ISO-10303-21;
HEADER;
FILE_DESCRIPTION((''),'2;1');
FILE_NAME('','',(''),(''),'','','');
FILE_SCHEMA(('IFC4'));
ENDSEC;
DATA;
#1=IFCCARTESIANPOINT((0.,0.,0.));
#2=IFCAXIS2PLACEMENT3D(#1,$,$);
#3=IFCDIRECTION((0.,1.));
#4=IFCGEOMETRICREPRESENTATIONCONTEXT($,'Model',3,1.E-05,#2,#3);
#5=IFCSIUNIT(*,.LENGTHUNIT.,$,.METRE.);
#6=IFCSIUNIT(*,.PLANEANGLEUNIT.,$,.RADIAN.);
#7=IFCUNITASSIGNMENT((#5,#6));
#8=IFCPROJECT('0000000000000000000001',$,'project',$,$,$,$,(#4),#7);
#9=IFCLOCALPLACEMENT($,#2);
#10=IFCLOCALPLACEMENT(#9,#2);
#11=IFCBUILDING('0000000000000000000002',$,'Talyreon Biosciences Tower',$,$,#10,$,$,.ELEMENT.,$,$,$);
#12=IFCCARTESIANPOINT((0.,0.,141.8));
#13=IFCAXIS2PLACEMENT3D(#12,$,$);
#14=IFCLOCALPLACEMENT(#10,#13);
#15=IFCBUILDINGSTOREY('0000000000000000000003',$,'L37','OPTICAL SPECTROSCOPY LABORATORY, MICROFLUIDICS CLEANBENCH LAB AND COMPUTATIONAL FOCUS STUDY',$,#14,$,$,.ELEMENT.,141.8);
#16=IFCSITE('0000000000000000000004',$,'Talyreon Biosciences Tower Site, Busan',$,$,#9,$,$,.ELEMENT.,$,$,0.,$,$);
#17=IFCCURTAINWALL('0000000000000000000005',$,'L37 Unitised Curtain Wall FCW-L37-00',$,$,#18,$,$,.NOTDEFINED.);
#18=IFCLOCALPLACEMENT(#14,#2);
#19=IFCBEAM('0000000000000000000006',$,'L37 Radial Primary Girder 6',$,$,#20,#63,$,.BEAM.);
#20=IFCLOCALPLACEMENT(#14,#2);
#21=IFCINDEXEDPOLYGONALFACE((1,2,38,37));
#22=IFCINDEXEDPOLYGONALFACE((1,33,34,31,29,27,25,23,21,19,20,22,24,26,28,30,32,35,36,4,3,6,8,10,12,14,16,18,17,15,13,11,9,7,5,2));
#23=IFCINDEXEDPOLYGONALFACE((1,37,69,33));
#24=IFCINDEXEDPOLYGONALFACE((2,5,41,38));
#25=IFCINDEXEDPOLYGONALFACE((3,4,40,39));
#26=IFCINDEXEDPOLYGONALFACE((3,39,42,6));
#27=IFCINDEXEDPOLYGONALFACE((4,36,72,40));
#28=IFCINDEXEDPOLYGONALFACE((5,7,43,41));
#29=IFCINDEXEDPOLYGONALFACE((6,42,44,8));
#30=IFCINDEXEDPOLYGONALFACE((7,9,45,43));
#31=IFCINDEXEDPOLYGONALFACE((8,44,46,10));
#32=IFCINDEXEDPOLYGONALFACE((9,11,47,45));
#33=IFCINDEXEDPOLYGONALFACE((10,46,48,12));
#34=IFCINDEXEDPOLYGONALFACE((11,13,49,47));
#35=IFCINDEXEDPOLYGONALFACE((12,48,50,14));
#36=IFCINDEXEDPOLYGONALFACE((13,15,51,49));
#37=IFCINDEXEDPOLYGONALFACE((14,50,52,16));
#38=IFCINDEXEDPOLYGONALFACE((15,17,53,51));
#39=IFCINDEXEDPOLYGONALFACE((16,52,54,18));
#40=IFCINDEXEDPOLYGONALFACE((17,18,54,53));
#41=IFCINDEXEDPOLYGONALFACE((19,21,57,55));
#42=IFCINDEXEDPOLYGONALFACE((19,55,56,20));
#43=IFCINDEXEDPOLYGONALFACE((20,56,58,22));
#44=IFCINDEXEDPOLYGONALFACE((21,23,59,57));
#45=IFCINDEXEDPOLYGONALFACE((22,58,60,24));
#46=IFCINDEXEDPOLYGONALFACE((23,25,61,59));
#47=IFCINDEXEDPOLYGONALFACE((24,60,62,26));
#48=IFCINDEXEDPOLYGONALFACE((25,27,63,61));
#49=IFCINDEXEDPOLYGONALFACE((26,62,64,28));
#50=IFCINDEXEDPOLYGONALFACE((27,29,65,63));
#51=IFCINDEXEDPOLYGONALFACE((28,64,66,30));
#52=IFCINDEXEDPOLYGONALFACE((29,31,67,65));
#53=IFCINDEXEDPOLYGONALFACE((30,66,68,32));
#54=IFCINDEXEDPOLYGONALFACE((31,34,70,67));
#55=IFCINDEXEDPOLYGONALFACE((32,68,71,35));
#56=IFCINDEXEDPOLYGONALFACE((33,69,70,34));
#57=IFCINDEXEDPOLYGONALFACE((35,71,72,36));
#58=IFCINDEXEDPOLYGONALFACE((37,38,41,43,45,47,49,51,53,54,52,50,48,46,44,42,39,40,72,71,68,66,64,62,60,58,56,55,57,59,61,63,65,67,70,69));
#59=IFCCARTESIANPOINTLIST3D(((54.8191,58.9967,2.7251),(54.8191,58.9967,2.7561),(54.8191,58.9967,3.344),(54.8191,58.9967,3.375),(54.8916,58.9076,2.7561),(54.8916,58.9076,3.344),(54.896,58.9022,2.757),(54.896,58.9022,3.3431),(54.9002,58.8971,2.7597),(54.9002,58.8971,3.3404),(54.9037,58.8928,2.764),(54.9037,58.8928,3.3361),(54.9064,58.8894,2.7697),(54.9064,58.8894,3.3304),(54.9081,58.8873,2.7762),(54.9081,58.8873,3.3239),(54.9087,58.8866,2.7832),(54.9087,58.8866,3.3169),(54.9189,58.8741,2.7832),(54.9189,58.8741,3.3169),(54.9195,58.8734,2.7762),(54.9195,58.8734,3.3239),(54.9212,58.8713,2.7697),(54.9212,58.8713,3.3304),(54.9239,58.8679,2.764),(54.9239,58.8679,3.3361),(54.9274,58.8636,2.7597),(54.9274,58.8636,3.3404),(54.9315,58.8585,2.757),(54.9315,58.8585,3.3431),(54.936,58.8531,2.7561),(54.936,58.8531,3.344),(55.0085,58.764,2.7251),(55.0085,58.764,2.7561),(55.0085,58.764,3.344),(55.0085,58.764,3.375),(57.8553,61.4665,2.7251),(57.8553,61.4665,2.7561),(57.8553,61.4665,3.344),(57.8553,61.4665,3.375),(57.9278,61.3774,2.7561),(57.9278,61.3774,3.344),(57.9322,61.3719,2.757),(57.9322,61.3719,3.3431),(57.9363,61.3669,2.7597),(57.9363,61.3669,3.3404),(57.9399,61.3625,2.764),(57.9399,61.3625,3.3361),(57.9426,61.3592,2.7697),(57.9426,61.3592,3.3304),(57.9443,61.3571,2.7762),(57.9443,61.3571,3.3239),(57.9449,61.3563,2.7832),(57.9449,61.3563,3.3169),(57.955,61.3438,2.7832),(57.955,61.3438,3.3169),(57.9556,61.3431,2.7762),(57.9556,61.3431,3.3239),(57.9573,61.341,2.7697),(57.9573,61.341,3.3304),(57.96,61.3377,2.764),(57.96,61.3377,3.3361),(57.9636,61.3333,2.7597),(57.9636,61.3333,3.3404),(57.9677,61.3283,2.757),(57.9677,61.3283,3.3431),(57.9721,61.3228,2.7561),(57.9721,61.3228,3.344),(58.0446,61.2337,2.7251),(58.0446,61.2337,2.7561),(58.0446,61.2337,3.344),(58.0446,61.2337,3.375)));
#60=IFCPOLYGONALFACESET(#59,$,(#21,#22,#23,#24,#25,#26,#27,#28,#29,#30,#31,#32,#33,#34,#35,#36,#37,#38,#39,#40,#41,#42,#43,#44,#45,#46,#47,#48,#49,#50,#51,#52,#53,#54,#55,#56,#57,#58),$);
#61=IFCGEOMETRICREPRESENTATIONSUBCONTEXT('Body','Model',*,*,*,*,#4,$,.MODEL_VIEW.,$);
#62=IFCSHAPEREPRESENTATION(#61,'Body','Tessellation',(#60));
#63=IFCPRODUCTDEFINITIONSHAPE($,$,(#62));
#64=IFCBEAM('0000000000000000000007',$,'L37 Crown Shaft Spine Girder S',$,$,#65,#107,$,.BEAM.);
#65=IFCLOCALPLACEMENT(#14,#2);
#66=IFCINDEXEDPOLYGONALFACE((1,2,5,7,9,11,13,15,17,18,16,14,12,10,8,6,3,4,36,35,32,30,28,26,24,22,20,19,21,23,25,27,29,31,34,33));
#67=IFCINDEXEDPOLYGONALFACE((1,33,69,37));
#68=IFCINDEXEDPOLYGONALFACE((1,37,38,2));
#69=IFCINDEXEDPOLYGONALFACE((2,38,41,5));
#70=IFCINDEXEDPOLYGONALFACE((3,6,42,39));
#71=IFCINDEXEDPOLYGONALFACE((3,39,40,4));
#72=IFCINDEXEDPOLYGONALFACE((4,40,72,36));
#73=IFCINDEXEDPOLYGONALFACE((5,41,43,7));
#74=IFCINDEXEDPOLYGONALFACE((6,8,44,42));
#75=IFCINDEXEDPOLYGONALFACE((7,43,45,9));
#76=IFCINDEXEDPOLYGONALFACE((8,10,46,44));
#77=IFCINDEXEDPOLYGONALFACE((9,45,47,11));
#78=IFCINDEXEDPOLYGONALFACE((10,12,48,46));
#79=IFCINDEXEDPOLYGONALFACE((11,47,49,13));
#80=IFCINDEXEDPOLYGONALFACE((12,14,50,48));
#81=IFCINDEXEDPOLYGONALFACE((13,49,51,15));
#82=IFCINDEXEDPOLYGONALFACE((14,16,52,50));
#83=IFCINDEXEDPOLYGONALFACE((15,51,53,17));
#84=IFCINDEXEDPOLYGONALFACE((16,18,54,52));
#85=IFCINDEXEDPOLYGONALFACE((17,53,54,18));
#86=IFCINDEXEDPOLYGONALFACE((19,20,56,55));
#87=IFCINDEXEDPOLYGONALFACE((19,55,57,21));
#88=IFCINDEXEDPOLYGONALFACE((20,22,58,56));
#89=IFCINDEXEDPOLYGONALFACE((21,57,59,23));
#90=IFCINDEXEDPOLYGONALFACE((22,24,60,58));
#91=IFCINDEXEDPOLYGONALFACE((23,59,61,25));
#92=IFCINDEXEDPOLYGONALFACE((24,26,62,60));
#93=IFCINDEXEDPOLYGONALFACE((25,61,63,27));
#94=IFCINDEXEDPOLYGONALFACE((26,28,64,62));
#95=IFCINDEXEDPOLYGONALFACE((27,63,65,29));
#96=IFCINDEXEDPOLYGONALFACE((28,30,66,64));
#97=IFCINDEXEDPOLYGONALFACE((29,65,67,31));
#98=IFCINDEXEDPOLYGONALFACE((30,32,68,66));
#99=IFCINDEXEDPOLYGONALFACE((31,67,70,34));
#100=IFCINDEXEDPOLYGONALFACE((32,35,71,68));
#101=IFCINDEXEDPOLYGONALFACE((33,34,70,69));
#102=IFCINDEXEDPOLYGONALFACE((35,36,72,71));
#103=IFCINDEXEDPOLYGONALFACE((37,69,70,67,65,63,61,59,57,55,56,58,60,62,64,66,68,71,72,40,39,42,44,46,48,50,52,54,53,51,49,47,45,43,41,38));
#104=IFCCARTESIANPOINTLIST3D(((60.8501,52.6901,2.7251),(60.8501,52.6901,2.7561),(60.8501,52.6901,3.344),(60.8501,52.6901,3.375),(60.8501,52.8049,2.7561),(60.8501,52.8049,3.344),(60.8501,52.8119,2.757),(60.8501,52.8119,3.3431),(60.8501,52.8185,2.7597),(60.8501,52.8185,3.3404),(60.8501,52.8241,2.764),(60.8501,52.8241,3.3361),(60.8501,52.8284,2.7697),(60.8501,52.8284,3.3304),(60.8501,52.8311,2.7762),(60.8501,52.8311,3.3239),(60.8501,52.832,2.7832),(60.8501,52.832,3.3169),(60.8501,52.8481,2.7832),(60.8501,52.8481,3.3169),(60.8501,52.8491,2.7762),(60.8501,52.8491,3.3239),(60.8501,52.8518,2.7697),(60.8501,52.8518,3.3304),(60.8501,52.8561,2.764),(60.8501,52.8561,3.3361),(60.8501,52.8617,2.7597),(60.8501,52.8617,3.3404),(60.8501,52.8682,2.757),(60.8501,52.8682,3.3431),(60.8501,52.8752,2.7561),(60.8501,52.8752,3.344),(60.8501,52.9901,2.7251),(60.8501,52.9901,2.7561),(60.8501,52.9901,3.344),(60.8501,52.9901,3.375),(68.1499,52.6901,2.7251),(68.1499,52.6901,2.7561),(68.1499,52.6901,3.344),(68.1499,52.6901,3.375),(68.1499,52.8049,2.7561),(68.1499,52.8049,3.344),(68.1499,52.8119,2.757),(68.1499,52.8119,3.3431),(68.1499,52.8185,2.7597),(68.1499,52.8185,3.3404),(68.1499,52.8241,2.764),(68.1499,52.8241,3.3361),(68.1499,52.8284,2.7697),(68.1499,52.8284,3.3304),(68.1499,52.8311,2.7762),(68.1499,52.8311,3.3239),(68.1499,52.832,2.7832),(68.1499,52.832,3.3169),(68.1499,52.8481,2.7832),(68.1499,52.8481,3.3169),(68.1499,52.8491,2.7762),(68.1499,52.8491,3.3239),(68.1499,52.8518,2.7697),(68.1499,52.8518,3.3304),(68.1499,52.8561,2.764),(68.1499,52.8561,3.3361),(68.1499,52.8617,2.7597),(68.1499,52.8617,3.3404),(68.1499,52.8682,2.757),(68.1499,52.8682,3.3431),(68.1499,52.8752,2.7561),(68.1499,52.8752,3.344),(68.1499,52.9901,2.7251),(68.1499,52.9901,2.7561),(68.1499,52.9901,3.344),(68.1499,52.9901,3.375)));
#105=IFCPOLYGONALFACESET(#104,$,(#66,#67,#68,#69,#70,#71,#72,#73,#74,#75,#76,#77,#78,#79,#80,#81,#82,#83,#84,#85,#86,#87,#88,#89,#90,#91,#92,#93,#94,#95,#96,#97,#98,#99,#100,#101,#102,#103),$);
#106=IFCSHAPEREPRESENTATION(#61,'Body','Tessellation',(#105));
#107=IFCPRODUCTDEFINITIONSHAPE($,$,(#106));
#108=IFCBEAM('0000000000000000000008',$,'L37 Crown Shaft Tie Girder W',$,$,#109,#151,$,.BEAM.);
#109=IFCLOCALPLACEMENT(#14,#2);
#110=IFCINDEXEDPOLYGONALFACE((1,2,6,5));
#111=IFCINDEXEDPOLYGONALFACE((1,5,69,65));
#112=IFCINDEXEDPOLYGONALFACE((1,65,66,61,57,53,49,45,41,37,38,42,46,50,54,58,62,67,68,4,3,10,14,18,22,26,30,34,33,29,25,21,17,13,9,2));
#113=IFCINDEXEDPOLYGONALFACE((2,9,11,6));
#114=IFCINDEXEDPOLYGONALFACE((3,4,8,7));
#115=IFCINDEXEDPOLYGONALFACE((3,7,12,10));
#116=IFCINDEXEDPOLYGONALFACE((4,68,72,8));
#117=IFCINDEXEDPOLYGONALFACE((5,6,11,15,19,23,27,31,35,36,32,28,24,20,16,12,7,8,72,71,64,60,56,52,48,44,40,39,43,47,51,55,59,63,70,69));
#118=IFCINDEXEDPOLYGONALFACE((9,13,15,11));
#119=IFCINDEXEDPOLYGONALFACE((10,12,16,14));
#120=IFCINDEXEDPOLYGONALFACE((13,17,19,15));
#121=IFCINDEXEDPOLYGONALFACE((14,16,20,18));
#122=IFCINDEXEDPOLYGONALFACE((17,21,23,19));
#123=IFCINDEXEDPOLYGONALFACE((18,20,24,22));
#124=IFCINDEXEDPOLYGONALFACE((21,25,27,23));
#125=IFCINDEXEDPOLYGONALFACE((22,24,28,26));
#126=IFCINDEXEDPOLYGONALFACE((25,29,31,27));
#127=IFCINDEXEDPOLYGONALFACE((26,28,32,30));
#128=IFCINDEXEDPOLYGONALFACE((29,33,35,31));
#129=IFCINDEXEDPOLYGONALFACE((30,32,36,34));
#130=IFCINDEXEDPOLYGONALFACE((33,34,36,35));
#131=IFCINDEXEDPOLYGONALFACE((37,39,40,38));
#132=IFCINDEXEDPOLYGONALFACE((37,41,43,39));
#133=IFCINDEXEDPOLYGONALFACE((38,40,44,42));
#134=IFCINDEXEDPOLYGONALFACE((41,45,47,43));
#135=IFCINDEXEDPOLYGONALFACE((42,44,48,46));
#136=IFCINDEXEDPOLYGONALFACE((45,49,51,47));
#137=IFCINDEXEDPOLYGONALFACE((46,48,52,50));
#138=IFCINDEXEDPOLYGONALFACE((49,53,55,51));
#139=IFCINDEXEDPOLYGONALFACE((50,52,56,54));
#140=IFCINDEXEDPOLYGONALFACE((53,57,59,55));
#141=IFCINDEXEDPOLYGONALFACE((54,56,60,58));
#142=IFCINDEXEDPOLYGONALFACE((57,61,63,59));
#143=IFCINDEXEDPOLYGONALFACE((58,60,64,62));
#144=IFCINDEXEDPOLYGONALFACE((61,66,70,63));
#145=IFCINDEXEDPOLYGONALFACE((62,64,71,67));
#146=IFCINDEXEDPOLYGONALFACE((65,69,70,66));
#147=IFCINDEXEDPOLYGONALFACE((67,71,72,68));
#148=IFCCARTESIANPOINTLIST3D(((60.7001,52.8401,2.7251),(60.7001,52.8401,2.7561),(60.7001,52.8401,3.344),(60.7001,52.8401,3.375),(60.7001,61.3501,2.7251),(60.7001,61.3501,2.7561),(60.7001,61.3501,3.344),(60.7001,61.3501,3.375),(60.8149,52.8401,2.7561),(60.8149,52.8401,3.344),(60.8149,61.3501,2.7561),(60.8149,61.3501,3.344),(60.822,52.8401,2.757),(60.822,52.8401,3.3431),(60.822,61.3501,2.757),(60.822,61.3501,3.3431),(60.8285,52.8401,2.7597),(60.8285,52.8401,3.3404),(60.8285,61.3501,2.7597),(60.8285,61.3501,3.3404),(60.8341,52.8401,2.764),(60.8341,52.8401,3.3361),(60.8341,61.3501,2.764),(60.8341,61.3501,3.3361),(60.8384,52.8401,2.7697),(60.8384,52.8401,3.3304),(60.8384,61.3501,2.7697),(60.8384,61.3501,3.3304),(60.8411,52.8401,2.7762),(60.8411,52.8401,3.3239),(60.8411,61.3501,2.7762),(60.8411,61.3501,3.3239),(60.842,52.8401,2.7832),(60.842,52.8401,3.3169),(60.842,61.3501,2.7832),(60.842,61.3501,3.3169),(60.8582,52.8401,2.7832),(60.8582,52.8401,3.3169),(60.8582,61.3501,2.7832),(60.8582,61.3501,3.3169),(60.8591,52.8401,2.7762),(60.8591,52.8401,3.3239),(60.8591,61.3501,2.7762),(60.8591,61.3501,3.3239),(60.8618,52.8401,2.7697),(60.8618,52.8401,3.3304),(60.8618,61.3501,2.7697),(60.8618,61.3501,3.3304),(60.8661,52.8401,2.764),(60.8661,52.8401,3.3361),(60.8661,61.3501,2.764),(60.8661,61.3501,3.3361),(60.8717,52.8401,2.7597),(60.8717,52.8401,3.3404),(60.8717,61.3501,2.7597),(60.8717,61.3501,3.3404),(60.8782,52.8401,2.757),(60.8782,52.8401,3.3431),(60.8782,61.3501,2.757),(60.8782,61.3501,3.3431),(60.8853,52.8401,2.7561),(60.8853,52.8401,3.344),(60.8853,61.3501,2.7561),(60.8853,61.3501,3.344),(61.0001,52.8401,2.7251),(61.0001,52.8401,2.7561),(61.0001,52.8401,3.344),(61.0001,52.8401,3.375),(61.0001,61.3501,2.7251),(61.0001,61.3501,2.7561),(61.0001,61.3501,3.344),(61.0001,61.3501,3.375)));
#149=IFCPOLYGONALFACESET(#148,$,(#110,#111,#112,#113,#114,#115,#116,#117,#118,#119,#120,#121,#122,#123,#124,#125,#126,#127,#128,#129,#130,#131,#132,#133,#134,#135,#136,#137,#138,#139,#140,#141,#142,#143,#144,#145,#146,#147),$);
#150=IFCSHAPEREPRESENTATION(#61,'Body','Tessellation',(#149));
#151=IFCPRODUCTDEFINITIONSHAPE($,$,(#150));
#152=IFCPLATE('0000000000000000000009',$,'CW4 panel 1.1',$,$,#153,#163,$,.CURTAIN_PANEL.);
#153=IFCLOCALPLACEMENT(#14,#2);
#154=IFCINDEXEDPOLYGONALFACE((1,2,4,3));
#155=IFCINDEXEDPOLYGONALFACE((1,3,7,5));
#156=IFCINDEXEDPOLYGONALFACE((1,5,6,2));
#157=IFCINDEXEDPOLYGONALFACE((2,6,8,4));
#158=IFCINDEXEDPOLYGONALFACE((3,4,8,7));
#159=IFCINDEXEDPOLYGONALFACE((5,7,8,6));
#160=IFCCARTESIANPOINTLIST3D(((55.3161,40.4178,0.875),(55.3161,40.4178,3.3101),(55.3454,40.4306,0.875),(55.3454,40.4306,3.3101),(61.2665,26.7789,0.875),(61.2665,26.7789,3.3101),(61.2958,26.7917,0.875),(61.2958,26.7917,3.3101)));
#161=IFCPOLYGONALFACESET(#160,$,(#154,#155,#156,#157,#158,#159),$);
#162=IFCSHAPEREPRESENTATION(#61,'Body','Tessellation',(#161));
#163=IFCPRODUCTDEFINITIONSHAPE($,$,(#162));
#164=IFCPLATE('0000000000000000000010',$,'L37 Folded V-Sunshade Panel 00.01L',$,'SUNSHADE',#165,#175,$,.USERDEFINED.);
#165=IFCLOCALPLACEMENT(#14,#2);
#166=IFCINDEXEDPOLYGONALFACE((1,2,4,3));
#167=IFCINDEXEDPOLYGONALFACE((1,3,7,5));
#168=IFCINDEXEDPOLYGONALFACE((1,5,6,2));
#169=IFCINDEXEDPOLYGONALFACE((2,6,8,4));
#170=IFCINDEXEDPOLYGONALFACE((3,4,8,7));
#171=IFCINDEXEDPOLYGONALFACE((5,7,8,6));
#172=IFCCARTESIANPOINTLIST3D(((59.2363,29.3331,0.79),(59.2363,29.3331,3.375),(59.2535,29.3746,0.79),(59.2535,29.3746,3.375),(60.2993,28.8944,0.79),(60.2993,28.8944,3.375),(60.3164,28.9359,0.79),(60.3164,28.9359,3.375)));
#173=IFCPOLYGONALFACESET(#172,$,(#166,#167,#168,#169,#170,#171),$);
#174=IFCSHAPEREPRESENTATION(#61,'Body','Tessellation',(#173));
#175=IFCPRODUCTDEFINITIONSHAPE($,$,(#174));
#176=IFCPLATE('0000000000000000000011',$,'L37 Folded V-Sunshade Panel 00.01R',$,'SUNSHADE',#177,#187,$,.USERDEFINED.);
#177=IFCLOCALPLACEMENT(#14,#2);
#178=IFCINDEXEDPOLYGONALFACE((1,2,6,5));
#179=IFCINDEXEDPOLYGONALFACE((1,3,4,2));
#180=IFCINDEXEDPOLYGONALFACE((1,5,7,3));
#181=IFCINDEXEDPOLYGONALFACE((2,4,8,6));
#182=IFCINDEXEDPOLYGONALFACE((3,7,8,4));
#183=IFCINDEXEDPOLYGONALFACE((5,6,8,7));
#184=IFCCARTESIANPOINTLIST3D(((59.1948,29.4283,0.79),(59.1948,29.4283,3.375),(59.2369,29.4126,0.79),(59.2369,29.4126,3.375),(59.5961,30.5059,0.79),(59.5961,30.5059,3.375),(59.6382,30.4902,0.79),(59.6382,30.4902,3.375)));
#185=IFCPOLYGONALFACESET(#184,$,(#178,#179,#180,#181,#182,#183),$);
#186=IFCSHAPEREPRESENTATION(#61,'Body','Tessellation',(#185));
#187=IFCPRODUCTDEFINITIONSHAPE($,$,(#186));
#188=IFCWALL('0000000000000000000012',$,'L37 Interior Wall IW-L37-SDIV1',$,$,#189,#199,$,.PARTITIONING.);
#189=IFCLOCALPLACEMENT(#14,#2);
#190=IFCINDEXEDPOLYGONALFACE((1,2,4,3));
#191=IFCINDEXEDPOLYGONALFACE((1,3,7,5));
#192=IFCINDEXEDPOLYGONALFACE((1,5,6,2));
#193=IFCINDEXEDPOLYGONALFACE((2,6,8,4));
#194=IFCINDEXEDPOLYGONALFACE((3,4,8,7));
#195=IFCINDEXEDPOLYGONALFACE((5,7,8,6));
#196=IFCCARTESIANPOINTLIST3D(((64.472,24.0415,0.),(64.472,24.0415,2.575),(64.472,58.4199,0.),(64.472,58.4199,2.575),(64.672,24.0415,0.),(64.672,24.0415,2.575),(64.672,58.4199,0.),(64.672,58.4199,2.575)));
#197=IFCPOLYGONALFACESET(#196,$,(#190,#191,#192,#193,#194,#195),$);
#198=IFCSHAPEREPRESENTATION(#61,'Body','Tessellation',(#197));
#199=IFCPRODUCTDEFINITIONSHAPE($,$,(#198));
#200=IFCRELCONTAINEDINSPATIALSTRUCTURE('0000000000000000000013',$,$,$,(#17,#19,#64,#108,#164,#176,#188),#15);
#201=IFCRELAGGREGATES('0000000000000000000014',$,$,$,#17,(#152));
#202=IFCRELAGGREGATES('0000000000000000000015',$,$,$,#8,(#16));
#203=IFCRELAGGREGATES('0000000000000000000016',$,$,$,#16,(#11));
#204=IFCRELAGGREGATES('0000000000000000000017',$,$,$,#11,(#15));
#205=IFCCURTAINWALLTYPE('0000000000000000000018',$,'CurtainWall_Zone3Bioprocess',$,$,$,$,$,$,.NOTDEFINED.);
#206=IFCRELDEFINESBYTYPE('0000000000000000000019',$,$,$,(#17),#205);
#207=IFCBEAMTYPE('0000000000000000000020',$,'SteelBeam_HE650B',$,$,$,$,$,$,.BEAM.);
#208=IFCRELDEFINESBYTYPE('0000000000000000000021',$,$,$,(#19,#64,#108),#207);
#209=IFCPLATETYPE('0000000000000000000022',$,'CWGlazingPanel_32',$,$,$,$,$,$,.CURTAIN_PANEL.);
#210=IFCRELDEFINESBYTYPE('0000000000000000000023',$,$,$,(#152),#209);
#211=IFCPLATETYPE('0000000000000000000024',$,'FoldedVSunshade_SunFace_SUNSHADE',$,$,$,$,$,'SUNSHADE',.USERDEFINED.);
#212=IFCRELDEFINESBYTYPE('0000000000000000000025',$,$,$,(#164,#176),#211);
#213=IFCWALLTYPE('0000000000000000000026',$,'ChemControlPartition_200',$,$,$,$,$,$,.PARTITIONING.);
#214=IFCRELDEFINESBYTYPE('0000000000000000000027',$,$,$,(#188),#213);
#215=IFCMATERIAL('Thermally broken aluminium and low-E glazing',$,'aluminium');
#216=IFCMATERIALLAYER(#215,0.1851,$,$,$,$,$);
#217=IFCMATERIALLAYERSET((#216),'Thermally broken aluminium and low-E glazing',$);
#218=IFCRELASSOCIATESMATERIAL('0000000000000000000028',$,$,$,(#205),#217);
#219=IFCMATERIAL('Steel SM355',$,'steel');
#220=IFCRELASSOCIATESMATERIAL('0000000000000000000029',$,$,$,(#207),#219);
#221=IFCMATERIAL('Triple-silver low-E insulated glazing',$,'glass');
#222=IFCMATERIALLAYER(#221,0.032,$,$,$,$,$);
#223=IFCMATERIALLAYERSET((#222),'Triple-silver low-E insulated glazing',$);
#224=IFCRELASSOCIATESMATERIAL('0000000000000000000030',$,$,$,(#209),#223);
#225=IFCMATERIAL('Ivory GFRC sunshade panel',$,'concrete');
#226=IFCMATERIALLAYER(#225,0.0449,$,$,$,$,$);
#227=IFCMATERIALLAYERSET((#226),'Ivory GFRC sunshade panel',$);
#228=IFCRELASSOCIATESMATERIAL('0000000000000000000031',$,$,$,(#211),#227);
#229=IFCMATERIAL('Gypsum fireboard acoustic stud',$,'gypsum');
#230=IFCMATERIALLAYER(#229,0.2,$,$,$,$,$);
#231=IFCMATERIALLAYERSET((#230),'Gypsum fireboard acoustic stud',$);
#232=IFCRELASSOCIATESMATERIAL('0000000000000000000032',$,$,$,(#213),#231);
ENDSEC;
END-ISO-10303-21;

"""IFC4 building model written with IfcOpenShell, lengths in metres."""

from ifc_helpers import new_model, si_unit, direction, frame, frame_2d, origin, origin_2d, place, context, subcontext, project, spatial, rectangle, i_section, extrude, material, layer, layer_set, material_profile, profile_set, type_object, element, aggregate, save


model = new_model("IFC4")

# Units and contexts
model_context = context("Model", 3, precision=1e-05, world=origin(), true_north=direction((0.0, 1.0)))
body_context = subcontext(model_context, "Body", "Model", "MODEL_VIEW")
ifc_project = project(units=[si_unit("LENGTHUNIT", "METRE"), si_unit("PLANEANGLEUNIT", "RADIAN")], contexts=[model_context])

# Site, building, storey
site_placement = place(None, origin())
site = spatial("IfcSite", under=ifc_project, at=site_placement, Name="Talyreon Biosciences Tower Site, Busan", CompositionType="ELEMENT", RefElevation=0.0)
building_placement = place(site_placement, origin())
building = spatial("IfcBuilding", under=site, at=building_placement, Name="Talyreon Biosciences Tower", CompositionType="ELEMENT")
storey_placement = place(building_placement, frame((0.0, 0.0, 141.8)))
storey = spatial("IfcBuildingStorey", under=building, at=storey_placement, Name="L37", Description="OPTICAL SPECTROSCOPY LABORATORY, MICROFLUIDICS CLEANBENCH LAB AND COMPUTATIONAL FOCUS STUDY", CompositionType="ELEMENT", Elevation=141.8)

# Curtain wall
ifc_material_1 = material(Name="Thermally broken aluminium and low-E glazing", Category="aluminium")
ifc_layer_1 = layer(ifc_material_1, 0.1851)
ifc_layer_set_1 = layer_set([ifc_layer_1], Name="Thermally broken aluminium and low-E glazing")
curtain_wall_type = type_object("IfcCurtainWallType", Name="CurtainWall_Zone3Bioprocess", PredefinedType="NOTDEFINED", material=ifc_layer_set_1)
curtain_wall_placement = place(storey_placement, origin())
curtain_wall = element("IfcCurtainWall", 1, at=curtain_wall_placement, inside=storey, type_object=curtain_wall_type, Name="L37 Unitised Curtain Wall FCW-L37-00", PredefinedType="NOTDEFINED")

# Beams
ifc_material_2 = material(Name="Steel SM355", Category="steel")
ifc_material_profile_1 = material_profile(ifc_material_2, i_section(OverallWidth=0.3, OverallDepth=0.6499, WebThickness=0.0161, FlangeThickness=0.031, FilletRadius=0.0271, at=origin_2d()), Name="HE650B")
ifc_profile_set_1 = profile_set([ifc_material_profile_1], Name="Steel SM355")
beam_type_1 = type_object("IfcBeamType", Name="SteelBeam_HE650B", PredefinedType="BEAM", material=ifc_profile_set_1)
beam_1_placement = place(storey_placement, frame((57.95, 61.3501, 3.05), z_axis=(-0.775755, -0.631034, 0.0), x_axis=(0.631034, -0.775755, 0.0)))
element("IfcBeam", 2, at=beam_1_placement, inside=storey, type_object=beam_type_1, Name="L37 Radial Primary Girder 6", PredefinedType="BEAM", context=body_context, shape_type="SweptSolid", body=[
    extrude(i_section(OverallWidth=0.3, OverallDepth=0.6499, WebThickness=0.0161, FlangeThickness=0.031, FilletRadius=0.0271, at=origin_2d()), origin(), (0.0, 0.0, 1.0), 3.9138),
])
beam_2_placement = place(storey_placement, frame((60.8501, 52.8401, 3.05), z_axis=(1.0, 0.0, 0.0), x_axis=(0.0, 1.0, 0.0)))
element("IfcBeam", 3, at=beam_2_placement, inside=storey, type_object=beam_type_1, Name="L37 Crown Shaft Spine Girder S", PredefinedType="BEAM", context=body_context, shape_type="SweptSolid", body=[
    extrude(i_section(OverallWidth=0.3, OverallDepth=0.6499, WebThickness=0.0161, FlangeThickness=0.031, FilletRadius=0.0271, at=origin_2d()), origin(), (0.0, 0.0, 1.0), 7.2998),
])
beam_3_placement = place(storey_placement, frame((60.8501, 52.8401, 3.05), z_axis=(0.0, 1.0, 0.0), x_axis=(-1.0, 0.0, 0.0)))
element("IfcBeam", 4, at=beam_3_placement, inside=storey, type_object=beam_type_1, Name="L37 Crown Shaft Tie Girder W", PredefinedType="BEAM", context=body_context, shape_type="SweptSolid", body=[
    extrude(i_section(OverallWidth=0.3, OverallDepth=0.6499, WebThickness=0.0161, FlangeThickness=0.031, FilletRadius=0.0271, at=origin_2d()), origin(), (0.0, 0.0, 1.0), 8.51),
])

# Plate
ifc_material_3 = material(Name="Triple-silver low-E insulated glazing", Category="glass")
ifc_layer_2 = layer(ifc_material_3, 0.032)
ifc_layer_set_2 = layer_set([ifc_layer_2], Name="Triple-silver low-E insulated glazing")
plate_type_1 = type_object("IfcPlateType", Name="CWGlazingPanel_32", PredefinedType="CURTAIN_PANEL", material=ifc_layer_set_2)
plate_placement = place(storey_placement, frame((58.3059, 33.6047, 0.875), z_axis=(0.0, 0.0, 1.0), x_axis=(-0.399882, 0.916566, 0.0)))
plate = element("IfcPlate", 5, at=plate_placement, type_object=plate_type_1, Name="CW4 panel 1.1", PredefinedType="CURTAIN_PANEL", context=body_context, shape_type="SweptSolid", body=[
    extrude(rectangle(XDim=14.8804, YDim=0.032, at=origin_2d()), origin(), (0.0, 0.0, 1.0), 2.4351),
])
aggregate(curtain_wall, [plate])

# Plates
ifc_material_4 = material(Name="Ivory GFRC sunshade panel", Category="concrete")
ifc_layer_3 = layer(ifc_material_4, 0.0449)
ifc_layer_set_3 = layer_set([ifc_layer_3], Name="Ivory GFRC sunshade panel")
plate_type_2 = type_object("IfcPlateType", Name="FoldedVSunshade_SunFace_SUNSHADE", ElementType="SUNSHADE", PredefinedType="USERDEFINED", material=ifc_layer_set_3)
for number, where, z_axis, x_axis, name in (
    (6, (59.7764, 29.1345, 0.79), (0.0, 0.0, 1.0), (-0.924353, 0.381538, 0.0), "L37 Folded V-Sunshade Panel 00.01L"),
    (7, (59.4165, 29.9592, 0.79), (0.0, 0.0, 1.0), (0.349046, 0.937105, 0.0), "L37 Folded V-Sunshade Panel 00.01R"),
):
    element("IfcPlate", number, at=place(storey_placement, frame(where, z_axis=z_axis, x_axis=x_axis)), inside=storey, type_object=plate_type_2, Name=name, ObjectType="SUNSHADE", PredefinedType="USERDEFINED", context=body_context, shape_type="SweptSolid", body=[
        extrude(rectangle(XDim=1.1499, YDim=0.0449, at=origin_2d()), origin(), (0.0, 0.0, 1.0), 2.585),
    ])

# Wall
ifc_material_5 = material(Name="Gypsum fireboard acoustic stud", Category="gypsum")
ifc_layer_4 = layer(ifc_material_5, 0.2)
ifc_layer_set_4 = layer_set([ifc_layer_4], Name="Gypsum fireboard acoustic stud")
wall_type_1 = type_object("IfcWallType", Name="ChemControlPartition_200", PredefinedType="PARTITIONING", material=ifc_layer_set_4)
wall_1_placement = place(storey_placement, frame((64.572, 24.0415, 0.0), z_axis=(0.0, 0.0, 1.0), x_axis=(0.0, 1.0, 0.0)))
element("IfcWall", 8, at=wall_1_placement, inside=storey, type_object=wall_type_1, Name="L37 Interior Wall IW-L37-SDIV1", PredefinedType="PARTITIONING", context=body_context, shape_type="SweptSolid", body=[
    extrude(rectangle(XDim=34.3784, YDim=0.2, at=frame_2d((17.1892, 0.0))), origin(), (0.0, 0.0, 1.0), 2.575),
])

save(model, "model.ifc")
